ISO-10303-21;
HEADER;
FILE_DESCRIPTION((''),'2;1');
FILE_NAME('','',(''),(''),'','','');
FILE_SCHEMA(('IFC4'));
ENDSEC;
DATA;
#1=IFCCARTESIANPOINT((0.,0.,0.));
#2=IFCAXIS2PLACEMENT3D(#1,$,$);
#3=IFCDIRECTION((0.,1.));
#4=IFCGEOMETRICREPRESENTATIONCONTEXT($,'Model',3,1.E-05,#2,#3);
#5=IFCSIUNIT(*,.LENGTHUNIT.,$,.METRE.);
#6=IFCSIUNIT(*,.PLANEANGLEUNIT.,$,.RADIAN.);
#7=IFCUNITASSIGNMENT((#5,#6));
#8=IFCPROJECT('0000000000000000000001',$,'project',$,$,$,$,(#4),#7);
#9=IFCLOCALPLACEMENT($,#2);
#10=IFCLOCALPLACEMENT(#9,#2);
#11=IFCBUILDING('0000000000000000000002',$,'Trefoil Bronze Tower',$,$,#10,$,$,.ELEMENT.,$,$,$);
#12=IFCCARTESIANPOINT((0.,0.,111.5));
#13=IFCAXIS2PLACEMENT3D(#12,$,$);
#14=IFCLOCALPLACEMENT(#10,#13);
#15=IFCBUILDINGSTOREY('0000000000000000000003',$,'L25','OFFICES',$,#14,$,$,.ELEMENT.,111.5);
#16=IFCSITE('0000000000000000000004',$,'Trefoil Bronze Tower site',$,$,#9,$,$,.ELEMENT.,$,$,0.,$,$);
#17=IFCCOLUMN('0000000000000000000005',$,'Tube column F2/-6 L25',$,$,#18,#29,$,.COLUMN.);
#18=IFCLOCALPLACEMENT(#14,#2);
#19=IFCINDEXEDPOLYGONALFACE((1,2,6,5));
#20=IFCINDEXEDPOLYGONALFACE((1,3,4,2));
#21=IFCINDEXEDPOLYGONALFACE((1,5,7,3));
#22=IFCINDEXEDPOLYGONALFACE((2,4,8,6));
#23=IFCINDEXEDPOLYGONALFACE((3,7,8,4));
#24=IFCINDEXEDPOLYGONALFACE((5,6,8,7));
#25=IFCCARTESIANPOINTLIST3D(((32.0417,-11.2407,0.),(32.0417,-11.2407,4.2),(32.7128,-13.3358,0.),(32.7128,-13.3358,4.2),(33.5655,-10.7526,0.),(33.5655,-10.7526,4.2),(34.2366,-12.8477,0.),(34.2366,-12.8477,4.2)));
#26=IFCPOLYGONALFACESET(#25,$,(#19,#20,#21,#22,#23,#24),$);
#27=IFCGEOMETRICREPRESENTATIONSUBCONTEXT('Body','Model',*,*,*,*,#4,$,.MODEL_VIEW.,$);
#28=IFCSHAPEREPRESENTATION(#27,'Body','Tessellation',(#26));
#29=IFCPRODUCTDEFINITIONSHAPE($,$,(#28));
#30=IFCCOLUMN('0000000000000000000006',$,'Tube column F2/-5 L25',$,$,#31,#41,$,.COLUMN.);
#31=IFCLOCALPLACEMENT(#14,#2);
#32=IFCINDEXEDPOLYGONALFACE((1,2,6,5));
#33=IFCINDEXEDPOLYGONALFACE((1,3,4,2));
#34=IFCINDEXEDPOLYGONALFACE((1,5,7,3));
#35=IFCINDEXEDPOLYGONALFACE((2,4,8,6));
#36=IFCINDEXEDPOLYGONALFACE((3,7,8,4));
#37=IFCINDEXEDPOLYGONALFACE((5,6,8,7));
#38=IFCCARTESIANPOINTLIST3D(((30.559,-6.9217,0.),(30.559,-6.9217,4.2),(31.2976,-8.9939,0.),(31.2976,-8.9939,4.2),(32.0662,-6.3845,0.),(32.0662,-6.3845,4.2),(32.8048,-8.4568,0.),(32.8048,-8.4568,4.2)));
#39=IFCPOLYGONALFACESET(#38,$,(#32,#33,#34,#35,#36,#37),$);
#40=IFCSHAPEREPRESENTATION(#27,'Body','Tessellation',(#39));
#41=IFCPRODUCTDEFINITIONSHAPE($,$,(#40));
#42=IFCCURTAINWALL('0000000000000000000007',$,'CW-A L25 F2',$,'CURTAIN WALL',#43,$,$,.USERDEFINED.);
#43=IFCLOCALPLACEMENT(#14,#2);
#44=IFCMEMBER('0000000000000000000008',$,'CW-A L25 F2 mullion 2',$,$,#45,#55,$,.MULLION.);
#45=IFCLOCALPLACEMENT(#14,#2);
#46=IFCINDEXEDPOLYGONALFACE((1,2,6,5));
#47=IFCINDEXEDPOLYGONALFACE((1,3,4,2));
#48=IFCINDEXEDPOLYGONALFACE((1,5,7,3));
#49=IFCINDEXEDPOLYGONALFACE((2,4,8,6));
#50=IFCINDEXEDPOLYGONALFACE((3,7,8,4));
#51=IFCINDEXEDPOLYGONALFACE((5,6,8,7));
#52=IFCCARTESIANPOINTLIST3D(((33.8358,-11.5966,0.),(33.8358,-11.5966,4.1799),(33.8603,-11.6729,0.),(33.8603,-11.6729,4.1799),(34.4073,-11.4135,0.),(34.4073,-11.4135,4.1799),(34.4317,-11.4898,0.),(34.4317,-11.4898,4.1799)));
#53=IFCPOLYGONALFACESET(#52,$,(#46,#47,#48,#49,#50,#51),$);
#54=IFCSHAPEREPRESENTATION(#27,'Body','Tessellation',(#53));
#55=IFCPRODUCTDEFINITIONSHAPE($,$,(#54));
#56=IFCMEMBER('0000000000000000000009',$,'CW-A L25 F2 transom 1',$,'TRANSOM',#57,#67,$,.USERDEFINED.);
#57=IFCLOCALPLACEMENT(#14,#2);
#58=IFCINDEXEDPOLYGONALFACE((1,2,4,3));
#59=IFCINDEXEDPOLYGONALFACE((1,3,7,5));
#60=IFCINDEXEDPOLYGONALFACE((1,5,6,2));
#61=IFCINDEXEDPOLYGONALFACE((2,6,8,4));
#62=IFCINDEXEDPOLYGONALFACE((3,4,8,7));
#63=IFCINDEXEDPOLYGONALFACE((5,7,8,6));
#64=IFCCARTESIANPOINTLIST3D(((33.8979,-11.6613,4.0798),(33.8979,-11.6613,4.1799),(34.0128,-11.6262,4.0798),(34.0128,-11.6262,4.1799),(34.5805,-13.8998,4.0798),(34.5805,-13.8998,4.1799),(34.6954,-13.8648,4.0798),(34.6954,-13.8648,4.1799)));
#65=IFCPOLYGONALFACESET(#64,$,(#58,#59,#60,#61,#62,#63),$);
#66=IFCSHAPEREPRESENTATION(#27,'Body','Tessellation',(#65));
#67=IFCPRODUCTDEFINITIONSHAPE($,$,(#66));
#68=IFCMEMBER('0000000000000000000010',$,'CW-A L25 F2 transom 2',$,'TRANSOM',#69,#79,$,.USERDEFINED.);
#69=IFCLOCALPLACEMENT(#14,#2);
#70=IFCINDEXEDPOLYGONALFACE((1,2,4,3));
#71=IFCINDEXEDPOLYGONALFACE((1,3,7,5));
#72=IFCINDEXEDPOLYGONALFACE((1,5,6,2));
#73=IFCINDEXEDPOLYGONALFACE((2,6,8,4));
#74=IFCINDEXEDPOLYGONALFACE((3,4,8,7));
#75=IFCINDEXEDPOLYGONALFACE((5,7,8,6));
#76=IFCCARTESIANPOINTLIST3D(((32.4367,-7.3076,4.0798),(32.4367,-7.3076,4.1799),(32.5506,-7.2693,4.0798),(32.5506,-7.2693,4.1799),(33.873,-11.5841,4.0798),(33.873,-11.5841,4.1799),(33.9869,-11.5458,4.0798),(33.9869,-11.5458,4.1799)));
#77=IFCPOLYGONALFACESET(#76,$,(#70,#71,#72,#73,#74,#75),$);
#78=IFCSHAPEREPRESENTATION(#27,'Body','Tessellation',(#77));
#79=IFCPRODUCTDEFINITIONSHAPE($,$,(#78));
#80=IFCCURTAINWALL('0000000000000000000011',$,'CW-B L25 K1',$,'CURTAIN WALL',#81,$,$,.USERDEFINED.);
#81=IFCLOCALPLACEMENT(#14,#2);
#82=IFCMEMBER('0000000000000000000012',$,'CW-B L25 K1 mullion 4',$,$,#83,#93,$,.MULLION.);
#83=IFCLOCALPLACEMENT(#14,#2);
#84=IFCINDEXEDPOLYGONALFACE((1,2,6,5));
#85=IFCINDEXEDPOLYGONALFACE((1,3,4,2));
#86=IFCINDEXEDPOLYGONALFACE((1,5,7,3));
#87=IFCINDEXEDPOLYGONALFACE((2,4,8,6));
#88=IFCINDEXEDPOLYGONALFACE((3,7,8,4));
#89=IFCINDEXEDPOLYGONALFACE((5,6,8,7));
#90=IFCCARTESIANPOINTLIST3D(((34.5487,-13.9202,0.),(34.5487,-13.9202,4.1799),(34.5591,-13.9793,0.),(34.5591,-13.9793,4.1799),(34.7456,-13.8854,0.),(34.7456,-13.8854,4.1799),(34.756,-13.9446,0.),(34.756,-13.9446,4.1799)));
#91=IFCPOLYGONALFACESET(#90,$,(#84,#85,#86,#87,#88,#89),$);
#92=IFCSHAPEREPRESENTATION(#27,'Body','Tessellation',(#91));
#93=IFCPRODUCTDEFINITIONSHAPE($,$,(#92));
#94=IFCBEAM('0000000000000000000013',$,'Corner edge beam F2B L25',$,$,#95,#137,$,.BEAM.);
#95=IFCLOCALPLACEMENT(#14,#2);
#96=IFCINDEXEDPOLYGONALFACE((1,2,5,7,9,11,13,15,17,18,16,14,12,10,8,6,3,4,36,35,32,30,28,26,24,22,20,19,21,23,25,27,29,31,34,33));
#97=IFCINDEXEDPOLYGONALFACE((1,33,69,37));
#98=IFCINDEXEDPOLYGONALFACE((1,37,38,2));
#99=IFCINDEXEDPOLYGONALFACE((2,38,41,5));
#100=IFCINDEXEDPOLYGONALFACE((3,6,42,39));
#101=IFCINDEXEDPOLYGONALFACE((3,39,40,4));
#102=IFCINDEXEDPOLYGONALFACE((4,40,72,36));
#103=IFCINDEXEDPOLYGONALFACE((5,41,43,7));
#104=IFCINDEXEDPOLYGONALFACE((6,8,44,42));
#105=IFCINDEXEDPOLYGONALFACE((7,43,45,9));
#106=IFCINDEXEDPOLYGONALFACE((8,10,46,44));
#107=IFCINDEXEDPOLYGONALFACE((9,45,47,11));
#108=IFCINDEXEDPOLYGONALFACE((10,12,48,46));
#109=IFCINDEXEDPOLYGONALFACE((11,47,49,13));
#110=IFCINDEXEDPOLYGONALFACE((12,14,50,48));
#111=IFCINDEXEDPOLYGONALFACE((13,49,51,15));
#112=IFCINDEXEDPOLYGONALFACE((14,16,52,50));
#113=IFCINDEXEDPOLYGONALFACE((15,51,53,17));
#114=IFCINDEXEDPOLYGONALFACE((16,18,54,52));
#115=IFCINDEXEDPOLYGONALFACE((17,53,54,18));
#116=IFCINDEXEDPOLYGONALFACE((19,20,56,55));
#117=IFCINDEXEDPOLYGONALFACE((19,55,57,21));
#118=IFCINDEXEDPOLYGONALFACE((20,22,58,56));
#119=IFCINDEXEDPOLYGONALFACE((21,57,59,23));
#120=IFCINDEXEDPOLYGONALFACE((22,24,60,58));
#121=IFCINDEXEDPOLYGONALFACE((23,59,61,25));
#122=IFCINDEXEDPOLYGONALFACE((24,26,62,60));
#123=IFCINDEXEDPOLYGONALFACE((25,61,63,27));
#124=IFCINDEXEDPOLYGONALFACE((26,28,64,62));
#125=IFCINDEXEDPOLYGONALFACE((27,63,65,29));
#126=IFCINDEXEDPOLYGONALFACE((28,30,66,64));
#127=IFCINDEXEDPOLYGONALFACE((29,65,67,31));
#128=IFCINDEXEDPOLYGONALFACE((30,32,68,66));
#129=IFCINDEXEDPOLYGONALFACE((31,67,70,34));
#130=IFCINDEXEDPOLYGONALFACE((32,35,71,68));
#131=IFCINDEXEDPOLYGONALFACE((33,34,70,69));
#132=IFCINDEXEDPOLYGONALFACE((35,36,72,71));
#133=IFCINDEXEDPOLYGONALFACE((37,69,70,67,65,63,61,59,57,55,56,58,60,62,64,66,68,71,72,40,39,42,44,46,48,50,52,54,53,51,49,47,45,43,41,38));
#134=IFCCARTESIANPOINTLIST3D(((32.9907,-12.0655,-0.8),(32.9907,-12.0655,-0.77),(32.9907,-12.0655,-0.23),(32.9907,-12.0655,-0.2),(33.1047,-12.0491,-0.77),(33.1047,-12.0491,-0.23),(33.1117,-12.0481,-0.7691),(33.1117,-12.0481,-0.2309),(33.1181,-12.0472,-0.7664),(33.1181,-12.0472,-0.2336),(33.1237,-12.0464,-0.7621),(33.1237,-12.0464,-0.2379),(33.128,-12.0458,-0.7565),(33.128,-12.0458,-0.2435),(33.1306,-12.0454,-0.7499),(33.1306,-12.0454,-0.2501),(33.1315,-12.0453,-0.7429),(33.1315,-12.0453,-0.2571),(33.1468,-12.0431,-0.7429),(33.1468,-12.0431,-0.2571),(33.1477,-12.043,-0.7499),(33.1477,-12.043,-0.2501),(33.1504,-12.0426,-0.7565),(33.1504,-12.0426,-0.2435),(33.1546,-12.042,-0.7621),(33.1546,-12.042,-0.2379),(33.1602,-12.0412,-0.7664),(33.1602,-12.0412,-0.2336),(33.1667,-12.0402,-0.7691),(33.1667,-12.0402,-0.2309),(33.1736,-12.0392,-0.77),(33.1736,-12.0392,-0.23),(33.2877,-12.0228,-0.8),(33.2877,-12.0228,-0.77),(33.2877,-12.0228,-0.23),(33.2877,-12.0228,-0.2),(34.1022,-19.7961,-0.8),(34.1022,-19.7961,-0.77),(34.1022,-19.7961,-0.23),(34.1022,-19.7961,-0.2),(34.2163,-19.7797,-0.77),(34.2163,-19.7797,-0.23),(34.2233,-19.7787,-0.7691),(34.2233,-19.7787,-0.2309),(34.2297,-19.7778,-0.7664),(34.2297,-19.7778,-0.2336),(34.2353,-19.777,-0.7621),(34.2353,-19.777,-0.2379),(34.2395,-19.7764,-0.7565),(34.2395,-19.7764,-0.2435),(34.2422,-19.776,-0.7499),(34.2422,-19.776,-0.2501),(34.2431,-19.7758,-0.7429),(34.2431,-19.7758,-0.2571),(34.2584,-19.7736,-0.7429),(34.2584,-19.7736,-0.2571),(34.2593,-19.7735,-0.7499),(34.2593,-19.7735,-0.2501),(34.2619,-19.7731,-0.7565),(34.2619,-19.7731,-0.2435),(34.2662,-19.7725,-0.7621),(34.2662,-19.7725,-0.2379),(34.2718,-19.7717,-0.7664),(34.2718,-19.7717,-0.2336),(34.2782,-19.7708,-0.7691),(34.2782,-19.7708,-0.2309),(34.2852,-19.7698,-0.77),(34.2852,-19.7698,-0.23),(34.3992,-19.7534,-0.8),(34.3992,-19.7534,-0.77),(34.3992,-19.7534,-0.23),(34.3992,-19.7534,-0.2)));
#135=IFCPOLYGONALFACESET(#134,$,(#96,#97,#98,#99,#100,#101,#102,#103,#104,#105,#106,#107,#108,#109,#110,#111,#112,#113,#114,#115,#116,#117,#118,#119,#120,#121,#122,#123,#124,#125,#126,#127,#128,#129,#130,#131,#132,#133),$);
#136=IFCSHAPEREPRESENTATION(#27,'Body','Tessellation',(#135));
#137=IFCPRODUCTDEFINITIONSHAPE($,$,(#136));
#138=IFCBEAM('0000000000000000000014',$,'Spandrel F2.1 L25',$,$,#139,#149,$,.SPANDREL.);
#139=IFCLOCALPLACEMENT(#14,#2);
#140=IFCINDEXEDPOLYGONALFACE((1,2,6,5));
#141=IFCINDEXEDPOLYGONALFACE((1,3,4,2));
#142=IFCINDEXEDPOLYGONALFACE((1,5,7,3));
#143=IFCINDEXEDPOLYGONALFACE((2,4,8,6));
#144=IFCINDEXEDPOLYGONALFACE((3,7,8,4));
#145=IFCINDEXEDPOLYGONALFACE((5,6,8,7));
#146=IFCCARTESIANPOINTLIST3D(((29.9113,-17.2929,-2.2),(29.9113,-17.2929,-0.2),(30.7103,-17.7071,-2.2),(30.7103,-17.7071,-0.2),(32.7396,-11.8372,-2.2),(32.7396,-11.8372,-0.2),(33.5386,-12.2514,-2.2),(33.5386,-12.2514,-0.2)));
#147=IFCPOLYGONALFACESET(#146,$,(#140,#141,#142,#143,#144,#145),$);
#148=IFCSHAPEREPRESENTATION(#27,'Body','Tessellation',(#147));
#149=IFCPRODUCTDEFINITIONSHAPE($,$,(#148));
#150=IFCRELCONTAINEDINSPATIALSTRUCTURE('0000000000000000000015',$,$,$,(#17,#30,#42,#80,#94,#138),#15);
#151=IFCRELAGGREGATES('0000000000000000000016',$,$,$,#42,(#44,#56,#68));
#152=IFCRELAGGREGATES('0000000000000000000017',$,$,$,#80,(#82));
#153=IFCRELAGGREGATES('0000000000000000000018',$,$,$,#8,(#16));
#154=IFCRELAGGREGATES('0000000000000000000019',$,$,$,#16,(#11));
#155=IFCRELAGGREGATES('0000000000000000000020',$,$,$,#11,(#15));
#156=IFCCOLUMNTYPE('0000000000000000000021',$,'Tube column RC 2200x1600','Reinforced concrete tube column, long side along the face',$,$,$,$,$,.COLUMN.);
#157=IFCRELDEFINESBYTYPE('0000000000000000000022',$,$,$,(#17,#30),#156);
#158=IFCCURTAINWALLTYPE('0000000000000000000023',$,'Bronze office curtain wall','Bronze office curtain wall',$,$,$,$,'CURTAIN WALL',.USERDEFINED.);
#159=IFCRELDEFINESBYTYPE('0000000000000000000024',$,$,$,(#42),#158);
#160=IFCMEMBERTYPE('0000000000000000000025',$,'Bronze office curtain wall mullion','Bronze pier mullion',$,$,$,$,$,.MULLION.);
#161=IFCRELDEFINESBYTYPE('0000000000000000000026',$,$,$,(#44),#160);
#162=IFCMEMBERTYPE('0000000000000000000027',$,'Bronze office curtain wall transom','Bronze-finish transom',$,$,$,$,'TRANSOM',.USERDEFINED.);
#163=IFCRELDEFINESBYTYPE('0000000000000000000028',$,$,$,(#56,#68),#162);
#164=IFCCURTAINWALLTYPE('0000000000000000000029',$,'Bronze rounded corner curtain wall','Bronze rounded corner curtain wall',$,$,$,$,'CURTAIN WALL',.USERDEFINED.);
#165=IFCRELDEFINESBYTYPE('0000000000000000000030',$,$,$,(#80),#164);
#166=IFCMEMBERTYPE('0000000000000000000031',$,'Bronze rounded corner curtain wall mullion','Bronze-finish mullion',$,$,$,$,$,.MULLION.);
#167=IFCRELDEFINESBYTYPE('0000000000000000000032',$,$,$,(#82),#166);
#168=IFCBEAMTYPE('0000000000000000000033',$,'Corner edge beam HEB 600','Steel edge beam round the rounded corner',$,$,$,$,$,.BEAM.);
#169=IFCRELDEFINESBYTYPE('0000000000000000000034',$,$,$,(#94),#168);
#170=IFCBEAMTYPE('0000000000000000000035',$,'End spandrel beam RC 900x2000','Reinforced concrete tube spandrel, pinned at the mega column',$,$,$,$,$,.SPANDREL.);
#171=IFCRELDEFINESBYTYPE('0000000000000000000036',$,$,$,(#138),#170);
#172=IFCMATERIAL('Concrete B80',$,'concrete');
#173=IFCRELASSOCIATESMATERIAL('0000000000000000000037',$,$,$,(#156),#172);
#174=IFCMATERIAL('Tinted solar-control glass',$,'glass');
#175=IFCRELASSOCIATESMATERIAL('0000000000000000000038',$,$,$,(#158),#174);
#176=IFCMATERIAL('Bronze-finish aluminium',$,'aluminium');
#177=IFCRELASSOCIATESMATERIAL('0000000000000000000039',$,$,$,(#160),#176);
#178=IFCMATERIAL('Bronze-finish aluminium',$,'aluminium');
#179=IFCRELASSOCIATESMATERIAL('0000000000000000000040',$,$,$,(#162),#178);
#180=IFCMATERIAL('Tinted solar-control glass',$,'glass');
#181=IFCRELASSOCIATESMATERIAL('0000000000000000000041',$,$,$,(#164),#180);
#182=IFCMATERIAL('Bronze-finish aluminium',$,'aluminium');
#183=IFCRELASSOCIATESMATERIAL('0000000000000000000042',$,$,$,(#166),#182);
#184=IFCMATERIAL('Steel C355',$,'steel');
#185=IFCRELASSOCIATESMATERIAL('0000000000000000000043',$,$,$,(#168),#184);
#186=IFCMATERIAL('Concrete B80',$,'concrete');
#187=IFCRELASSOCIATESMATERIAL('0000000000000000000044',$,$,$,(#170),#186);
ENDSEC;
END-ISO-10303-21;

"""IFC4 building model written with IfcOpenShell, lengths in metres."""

from ifc_helpers import new_model, si_unit, direction, frame, origin, origin_2d, place, context, subcontext, project, spatial, rectangle, i_section, extrude, material, material_profile, profile_set, type_object, element, aggregate, save


model = new_model("IFC4")

# Units and contexts
model_context = context("Model", 3, precision=1e-05, world=origin(), true_north=direction((0.0, 1.0)))
body_context = subcontext(model_context, "Body", "Model", "MODEL_VIEW")
ifc_project = project(units=[si_unit("LENGTHUNIT", "METRE"), si_unit("PLANEANGLEUNIT", "RADIAN")], contexts=[model_context])

# Site, building, storey
site_placement = place(None, origin())
site = spatial("IfcSite", under=ifc_project, at=site_placement, Name="Trefoil Bronze Tower site", CompositionType="ELEMENT", RefElevation=0.0)
building_placement = place(site_placement, origin())
building = spatial("IfcBuilding", under=site, at=building_placement, Name="Trefoil Bronze Tower", CompositionType="ELEMENT")
storey_placement = place(building_placement, frame((0.0, 0.0, 111.5)))
storey = spatial("IfcBuildingStorey", under=building, at=storey_placement, Name="L25", Description="OFFICES", CompositionType="ELEMENT", Elevation=111.5)

# Columns
ifc_material_1 = material(Name="Concrete B80", Category="concrete")
ifc_material_profile_1 = material_profile(ifc_material_1, rectangle(XDim=2.2, YDim=1.6001, at=origin_2d()), Name="RC 2200x1600")
ifc_profile_set_1 = profile_set([ifc_material_profile_1], Name="Concrete B80")
column_type = type_object("IfcColumnType", Name="Tube column RC 2200x1600", Description="Reinforced concrete tube column, long side along the face", PredefinedType="COLUMN", material=ifc_profile_set_1)
for number, where, z_axis, x_axis, name in (
    (1, (33.1392, -12.0442, 0.0), (0.0, 0.0, 1.0), (-0.305066, 0.952331, 0.0), "Tube column F2/-6 L25"),
    (2, (31.6819, -7.6892, 0.0), (0.0, 0.0, 1.0), (-0.335718, 0.941963, 0.0), "Tube column F2/-5 L25"),
):
    element("IfcColumn", number, at=place(storey_placement, frame(where, z_axis=z_axis, x_axis=x_axis)), inside=storey, type_object=column_type, Name=name, PredefinedType="COLUMN", context=body_context, shape_type="SweptSolid", body=[
        extrude(rectangle(XDim=2.2, YDim=1.6001, at=origin_2d()), origin(), (0.0, 0.0, 1.0), 4.2),
    ])

# Curtain wall, members
ifc_material_2 = material(Name="Tinted solar-control glass", Category="glass")
curtain_wall_type_1 = type_object("IfcCurtainWallType", Name="Bronze office curtain wall", Description="Bronze office curtain wall", ElementType="CURTAIN WALL", PredefinedType="USERDEFINED", material=ifc_material_2)
curtain_wall_1_placement = place(storey_placement, origin())
curtain_wall_1 = element("IfcCurtainWall", 3, at=curtain_wall_1_placement, inside=storey, type_object=curtain_wall_type_1, Name="CW-A L25 F2", ObjectType="CURTAIN WALL", PredefinedType="USERDEFINED")
ifc_material_3 = material(Name="Bronze-finish aluminium", Category="aluminium")
ifc_material_profile_2 = material_profile(ifc_material_3, rectangle(XDim=0.6001, YDim=0.0801, at=origin_2d()), Name="CW-A mullion")
ifc_profile_set_2 = profile_set([ifc_material_profile_2], Name="Bronze-finish aluminium")
member_type_1 = type_object("IfcMemberType", Name="Bronze office curtain wall mullion", Description="Bronze pier mullion", PredefinedType="MULLION", material=ifc_profile_set_2)
member_1_placement = place(storey_placement, frame((34.1338, -11.5432, 0.0), z_axis=(0.0, 0.0, 1.0), x_axis=(-0.952331, -0.305066, 0.0)))
member_1 = element("IfcMember", 4, at=member_1_placement, type_object=member_type_1, Name="CW-A L25 F2 mullion 2", PredefinedType="MULLION", context=body_context, shape_type="SweptSolid", body=[
    extrude(rectangle(XDim=0.6001, YDim=0.0801, at=origin_2d()), origin(), (0.0, 0.0, 1.0), 4.1799),
])
ifc_material_4 = material(Name="Bronze-finish aluminium", Category="aluminium")
ifc_material_profile_3 = material_profile(ifc_material_4, rectangle(XDim=0.1201, YDim=0.1001, at=origin_2d()), Name="CW-A transom")
ifc_profile_set_3 = profile_set([ifc_material_profile_3], Name="Bronze-finish aluminium")
member_type_2 = type_object("IfcMemberType", Name="Bronze office curtain wall transom", Description="Bronze-finish transom", ElementType="TRANSOM", PredefinedType="USERDEFINED", material=ifc_profile_set_3)
member_2_placement = place(storey_placement, frame((34.6379, -13.8823, 4.1299), z_axis=(-0.29168, 0.956516, 0.0), x_axis=(-0.956516, -0.29168, 0.0)))
member_2 = element("IfcMember", 5, at=member_2_placement, type_object=member_type_2, Name="CW-A L25 F2 transom 1", ObjectType="TRANSOM", PredefinedType="USERDEFINED", context=body_context, shape_type="SweptSolid", body=[
    extrude(rectangle(XDim=0.1201, YDim=0.1001, at=origin_2d()), origin(), (0.0, 0.0, 1.0), 2.3403),
])
member_3_placement = place(storey_placement, frame((33.9299, -11.5649, 4.1299), z_axis=(-0.318386, 0.947961, 0.0), x_axis=(-0.947961, -0.318386, 0.0)))
member_3 = element("IfcMember", 6, at=member_3_placement, type_object=member_type_2, Name="CW-A L25 F2 transom 2", ObjectType="TRANSOM", PredefinedType="USERDEFINED", context=body_context, shape_type="SweptSolid", body=[
    extrude(rectangle(XDim=0.1201, YDim=0.1001, at=origin_2d()), origin(), (0.0, 0.0, 1.0), 4.5112),
])

# Curtain wall, member
ifc_material_5 = material(Name="Tinted solar-control glass", Category="glass")
curtain_wall_type_2 = type_object("IfcCurtainWallType", Name="Bronze rounded corner curtain wall", Description="Bronze rounded corner curtain wall", ElementType="CURTAIN WALL", PredefinedType="USERDEFINED", material=ifc_material_5)
curtain_wall_2_placement = place(storey_placement, origin())
curtain_wall_2 = element("IfcCurtainWall", 7, at=curtain_wall_2_placement, inside=storey, type_object=curtain_wall_type_2, Name="CW-B L25 K1", ObjectType="CURTAIN WALL", PredefinedType="USERDEFINED")
ifc_material_6 = material(Name="Bronze-finish aluminium", Category="aluminium")
ifc_material_profile_4 = material_profile(ifc_material_6, rectangle(XDim=0.2, YDim=0.0601, at=origin_2d()), Name="CW-B mullion")
ifc_profile_set_4 = profile_set([ifc_material_profile_4], Name="Bronze-finish aluminium")
member_type_3 = type_object("IfcMemberType", Name="Bronze rounded corner curtain wall mullion", Description="Bronze-finish mullion", PredefinedType="MULLION", material=ifc_profile_set_4)
member_4_placement = place(storey_placement, frame((34.6523, -13.9324, 0.0), z_axis=(0.0, 0.0, 1.0), x_axis=(-0.984808, -0.173648, 0.0)))
member_4 = element("IfcMember", 8, at=member_4_placement, type_object=member_type_3, Name="CW-B L25 K1 mullion 4", PredefinedType="MULLION", context=body_context, shape_type="SweptSolid", body=[
    extrude(rectangle(XDim=0.2, YDim=0.0601, at=origin_2d()), origin(), (0.0, 0.0, 1.0), 4.1799),
])

# Beams
ifc_material_7 = material(Name="Steel C355", Category="steel")
ifc_material_profile_5 = material_profile(ifc_material_7, i_section(OverallWidth=0.3, OverallDepth=0.6001, WebThickness=0.0154, FlangeThickness=0.03, FilletRadius=0.0271, at=origin_2d()), Name="HEB 600")
ifc_profile_set_5 = profile_set([ifc_material_profile_5], Name="Steel C355")
beam_type_1 = type_object("IfcBeamType", Name="Corner edge beam HEB 600", Description="Steel edge beam round the rounded corner", PredefinedType="BEAM", material=ifc_profile_set_5)
beam_1_placement = place(storey_placement, frame((33.1392, -12.0442, -0.5), z_axis=(0.142327, -0.98982, 0.0), x_axis=(0.98982, 0.142327, 0.0)))
element("IfcBeam", 9, at=beam_1_placement, inside=storey, type_object=beam_type_1, Name="Corner edge beam F2B L25", PredefinedType="BEAM", context=body_context, shape_type="SweptSolid", body=[
    extrude(i_section(OverallWidth=0.3, OverallDepth=0.6001, WebThickness=0.0154, FlangeThickness=0.03, FilletRadius=0.0271, at=origin_2d()), origin(), (0.0, 0.0, 1.0), 7.8101),
])
ifc_material_8 = material(Name="Concrete B80", Category="concrete")
ifc_material_profile_6 = material_profile(ifc_material_8, rectangle(XDim=0.8999, YDim=2.0, at=origin_2d()), Name="RC 900x2000")
ifc_profile_set_6 = profile_set([ifc_material_profile_6], Name="Concrete B80")
beam_type_2 = type_object("IfcBeamType", Name="End spandrel beam RC 900x2000", Description="Reinforced concrete tube spandrel, pinned at the mega column", PredefinedType="SPANDREL", material=ifc_profile_set_6)
beam_2_placement = place(storey_placement, frame((30.3108, -17.5, -1.2), z_axis=(0.460244, 0.887792, 0.0), x_axis=(-0.887792, 0.460244, 0.0)))
element("IfcBeam", 10, at=beam_2_placement, inside=storey, type_object=beam_type_2, Name="Spandrel F2.1 L25", PredefinedType="SPANDREL", context=body_context, shape_type="SweptSolid", body=[
    extrude(rectangle(XDim=0.8999, YDim=2.0, at=origin_2d()), origin(), (0.0, 0.0, 1.0), 6.1453),
])

aggregate(curtain_wall_1, [member_1, member_2, member_3])
aggregate(curtain_wall_2, [member_4])

save(model, "model.ifc")
